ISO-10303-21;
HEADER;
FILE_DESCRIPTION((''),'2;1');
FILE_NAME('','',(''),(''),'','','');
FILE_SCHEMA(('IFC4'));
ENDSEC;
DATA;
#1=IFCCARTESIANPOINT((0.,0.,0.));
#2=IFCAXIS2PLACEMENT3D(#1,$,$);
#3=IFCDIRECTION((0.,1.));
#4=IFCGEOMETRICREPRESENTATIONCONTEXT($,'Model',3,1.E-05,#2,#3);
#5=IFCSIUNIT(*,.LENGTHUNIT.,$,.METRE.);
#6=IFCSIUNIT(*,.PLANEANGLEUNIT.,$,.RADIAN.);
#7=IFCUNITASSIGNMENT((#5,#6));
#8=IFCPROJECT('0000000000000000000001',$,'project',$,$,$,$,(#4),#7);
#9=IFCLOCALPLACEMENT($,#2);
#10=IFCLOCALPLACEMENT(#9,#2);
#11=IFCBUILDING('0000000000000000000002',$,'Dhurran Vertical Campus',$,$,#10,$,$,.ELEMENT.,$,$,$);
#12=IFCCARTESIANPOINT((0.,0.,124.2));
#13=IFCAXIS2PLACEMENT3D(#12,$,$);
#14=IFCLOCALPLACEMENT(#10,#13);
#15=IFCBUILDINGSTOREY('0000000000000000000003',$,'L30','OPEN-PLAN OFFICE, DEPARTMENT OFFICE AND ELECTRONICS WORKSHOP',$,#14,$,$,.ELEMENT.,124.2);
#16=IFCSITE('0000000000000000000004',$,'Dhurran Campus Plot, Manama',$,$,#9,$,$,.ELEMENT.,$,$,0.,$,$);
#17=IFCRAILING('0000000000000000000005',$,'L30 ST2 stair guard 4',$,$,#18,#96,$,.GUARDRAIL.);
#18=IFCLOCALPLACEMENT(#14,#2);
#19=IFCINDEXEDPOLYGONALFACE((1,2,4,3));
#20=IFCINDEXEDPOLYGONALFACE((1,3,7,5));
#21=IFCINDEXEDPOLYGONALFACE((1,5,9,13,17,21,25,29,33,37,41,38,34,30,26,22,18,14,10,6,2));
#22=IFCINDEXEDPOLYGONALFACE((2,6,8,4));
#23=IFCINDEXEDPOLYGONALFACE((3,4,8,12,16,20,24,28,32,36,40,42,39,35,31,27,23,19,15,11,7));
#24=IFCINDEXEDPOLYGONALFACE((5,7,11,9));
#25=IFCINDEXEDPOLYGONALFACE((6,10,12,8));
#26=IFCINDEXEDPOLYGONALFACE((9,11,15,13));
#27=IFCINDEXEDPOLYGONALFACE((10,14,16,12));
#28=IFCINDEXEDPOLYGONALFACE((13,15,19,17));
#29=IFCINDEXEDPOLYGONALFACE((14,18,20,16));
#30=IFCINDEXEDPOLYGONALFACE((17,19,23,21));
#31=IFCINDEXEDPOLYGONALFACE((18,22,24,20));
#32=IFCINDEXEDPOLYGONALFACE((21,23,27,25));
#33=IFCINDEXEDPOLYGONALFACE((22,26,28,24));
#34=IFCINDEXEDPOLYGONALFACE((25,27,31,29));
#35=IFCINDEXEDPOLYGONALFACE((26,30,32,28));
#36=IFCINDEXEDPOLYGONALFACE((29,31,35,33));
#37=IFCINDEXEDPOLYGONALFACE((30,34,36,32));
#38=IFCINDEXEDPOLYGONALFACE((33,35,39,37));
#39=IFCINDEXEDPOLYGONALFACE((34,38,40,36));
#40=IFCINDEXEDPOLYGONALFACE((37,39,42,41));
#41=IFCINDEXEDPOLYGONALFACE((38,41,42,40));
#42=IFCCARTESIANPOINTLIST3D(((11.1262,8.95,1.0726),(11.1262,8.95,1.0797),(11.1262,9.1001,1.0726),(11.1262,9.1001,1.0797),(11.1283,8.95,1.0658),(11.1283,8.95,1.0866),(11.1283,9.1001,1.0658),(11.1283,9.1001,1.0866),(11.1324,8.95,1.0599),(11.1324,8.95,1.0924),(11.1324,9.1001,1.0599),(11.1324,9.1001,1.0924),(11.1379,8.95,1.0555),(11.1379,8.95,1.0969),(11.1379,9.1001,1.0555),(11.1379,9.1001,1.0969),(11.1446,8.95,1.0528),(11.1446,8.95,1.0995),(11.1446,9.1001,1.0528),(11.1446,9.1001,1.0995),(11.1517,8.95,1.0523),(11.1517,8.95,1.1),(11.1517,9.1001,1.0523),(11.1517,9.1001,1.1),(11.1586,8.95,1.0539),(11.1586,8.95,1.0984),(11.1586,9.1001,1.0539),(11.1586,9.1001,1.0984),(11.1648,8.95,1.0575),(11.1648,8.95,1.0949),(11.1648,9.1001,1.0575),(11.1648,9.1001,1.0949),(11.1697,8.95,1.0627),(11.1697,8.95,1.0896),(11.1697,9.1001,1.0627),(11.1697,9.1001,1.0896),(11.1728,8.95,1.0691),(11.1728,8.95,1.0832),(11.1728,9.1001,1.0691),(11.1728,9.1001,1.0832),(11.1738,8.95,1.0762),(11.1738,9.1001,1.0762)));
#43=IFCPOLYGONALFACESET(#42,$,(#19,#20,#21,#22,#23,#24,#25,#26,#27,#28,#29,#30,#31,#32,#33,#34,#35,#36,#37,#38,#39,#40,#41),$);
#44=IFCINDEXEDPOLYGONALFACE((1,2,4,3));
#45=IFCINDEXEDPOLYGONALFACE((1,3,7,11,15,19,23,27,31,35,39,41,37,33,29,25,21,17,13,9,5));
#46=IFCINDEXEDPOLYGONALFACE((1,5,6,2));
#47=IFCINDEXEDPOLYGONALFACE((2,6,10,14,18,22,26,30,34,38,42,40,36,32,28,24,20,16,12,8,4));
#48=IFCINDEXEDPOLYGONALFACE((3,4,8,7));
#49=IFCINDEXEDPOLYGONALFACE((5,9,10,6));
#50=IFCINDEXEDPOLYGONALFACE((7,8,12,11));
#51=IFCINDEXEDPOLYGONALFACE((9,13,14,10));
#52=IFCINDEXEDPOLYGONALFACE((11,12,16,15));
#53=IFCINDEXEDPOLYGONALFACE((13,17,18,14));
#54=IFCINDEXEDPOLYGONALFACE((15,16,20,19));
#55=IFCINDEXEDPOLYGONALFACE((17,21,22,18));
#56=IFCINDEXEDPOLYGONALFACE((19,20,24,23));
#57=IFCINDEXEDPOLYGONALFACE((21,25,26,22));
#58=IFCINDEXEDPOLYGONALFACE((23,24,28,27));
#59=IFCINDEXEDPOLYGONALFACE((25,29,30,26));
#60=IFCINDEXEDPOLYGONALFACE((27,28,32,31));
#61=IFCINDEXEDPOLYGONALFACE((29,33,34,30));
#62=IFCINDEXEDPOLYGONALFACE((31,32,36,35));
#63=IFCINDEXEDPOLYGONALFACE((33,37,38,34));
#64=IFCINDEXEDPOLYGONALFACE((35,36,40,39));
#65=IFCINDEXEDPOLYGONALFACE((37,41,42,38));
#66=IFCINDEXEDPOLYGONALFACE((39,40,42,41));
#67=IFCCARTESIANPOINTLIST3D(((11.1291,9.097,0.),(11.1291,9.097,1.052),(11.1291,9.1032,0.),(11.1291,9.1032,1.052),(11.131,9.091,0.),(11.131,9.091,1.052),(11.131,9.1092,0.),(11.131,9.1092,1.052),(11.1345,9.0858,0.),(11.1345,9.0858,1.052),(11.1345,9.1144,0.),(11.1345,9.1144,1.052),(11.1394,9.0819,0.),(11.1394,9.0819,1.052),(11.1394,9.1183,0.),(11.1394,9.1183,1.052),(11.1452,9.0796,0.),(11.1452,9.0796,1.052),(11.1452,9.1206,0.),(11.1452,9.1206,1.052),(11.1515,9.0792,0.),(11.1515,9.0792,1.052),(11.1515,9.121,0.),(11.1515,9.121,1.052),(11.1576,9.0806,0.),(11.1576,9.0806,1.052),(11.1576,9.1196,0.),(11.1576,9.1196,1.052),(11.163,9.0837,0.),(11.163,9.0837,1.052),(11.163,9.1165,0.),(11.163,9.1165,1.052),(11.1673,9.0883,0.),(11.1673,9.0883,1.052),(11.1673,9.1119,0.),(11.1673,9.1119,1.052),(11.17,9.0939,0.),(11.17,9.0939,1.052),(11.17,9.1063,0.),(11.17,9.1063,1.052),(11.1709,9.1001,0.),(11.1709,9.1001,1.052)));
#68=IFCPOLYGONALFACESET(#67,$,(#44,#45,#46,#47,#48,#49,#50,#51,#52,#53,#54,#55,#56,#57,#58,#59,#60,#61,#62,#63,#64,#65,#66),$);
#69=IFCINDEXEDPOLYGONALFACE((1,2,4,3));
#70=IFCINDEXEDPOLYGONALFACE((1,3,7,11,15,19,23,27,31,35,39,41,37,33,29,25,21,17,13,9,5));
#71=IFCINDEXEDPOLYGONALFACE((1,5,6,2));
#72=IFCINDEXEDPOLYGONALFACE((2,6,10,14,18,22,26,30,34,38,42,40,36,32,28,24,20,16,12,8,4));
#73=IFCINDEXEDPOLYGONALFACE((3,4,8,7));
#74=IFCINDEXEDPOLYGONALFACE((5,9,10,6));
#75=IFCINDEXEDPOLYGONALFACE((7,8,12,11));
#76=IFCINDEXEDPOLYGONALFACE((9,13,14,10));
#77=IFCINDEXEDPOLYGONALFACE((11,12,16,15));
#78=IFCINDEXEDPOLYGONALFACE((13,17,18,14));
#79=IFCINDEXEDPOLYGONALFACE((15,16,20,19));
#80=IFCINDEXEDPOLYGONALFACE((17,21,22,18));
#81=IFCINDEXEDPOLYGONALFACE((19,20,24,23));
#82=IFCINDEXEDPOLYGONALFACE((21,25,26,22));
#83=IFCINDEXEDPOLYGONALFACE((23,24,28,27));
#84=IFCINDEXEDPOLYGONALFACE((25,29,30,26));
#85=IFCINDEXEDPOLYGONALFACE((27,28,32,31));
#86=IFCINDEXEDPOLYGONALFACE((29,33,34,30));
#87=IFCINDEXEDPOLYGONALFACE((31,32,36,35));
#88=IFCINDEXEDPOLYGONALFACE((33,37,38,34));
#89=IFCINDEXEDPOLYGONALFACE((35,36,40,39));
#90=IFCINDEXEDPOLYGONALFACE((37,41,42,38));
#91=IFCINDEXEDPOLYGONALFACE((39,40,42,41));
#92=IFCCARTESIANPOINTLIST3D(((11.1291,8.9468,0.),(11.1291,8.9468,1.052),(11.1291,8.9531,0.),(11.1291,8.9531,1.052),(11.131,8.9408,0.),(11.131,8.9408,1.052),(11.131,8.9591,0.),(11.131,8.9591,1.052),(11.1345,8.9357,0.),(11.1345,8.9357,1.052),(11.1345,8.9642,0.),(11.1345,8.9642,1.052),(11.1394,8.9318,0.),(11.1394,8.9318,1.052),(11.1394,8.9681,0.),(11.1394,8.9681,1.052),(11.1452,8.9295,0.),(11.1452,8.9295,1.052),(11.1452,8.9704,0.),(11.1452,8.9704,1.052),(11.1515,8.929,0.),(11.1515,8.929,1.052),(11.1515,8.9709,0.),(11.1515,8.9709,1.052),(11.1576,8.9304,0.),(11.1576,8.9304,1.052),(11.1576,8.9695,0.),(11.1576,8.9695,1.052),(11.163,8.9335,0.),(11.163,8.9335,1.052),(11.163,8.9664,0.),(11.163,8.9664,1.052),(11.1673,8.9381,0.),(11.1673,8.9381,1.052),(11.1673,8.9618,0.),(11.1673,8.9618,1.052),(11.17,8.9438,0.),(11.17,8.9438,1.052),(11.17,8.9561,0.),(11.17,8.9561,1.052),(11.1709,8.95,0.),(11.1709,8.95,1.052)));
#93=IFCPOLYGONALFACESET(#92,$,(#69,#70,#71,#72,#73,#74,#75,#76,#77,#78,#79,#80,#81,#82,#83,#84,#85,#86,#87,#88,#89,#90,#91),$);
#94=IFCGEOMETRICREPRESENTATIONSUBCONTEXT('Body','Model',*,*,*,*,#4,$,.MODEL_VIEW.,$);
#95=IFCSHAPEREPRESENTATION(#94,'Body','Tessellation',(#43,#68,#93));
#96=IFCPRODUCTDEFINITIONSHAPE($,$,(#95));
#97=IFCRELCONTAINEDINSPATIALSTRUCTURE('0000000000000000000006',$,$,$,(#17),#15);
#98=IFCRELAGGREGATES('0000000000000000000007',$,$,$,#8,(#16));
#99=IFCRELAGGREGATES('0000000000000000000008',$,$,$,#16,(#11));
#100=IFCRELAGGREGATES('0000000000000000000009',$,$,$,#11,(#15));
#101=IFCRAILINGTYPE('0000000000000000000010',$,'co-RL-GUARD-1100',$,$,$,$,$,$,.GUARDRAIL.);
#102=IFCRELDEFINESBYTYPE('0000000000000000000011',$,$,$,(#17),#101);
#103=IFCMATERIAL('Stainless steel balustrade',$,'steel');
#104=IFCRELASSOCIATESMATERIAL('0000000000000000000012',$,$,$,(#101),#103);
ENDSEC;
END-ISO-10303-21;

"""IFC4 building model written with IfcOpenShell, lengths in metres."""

from ifc_helpers import new_model, si_unit, direction, frame, origin, origin_2d, place, context, subcontext, project, spatial, circle, extrude, material, type_object, element, save


model = new_model("IFC4")

# Units and contexts
model_context = context("Model", 3, precision=1e-05, world=origin(), true_north=direction((0.0, 1.0)))
body_context = subcontext(model_context, "Body", "Model", "MODEL_VIEW")
ifc_project = project(units=[si_unit("LENGTHUNIT", "METRE"), si_unit("PLANEANGLEUNIT", "RADIAN")], contexts=[model_context])

# Site, building, storey
site_placement = place(None, origin())
site = spatial("IfcSite", under=ifc_project, at=site_placement, Name="Dhurran Campus Plot, Manama", CompositionType="ELEMENT", RefElevation=0.0)
building_placement = place(site_placement, origin())
building = spatial("IfcBuilding", under=site, at=building_placement, Name="Dhurran Vertical Campus", CompositionType="ELEMENT")
storey_placement = place(building_placement, frame((0.0, 0.0, 124.2)))
storey = spatial("IfcBuildingStorey", under=building, at=storey_placement, Name="L30", Description="OPEN-PLAN OFFICE, DEPARTMENT OFFICE AND ELECTRONICS WORKSHOP", CompositionType="ELEMENT", Elevation=124.2)

# Railing
ifc_material_1 = material(Name="Stainless steel balustrade", Category="steel")
railing_type_1 = type_object("IfcRailingType", Name="co-RL-GUARD-1100", PredefinedType="GUARDRAIL", material=ifc_material_1)
railing_1_placement = place(storey_placement, frame((11.1499, 9.1001, 0.0)))
element("IfcRailing", 1, at=railing_1_placement, inside=storey, type_object=railing_type_1, Name="L30 ST2 stair guard 4", PredefinedType="GUARDRAIL", context=body_context, shape_type="SweptSolid", body=[
    extrude(circle(Radius=0.0239, at=origin_2d()), frame((0.0, 0.0, 1.0762), z_axis=(0.0, -1.0, 0.0), x_axis=(1.0, 0.0, 0.0)), (0.0, 0.0, 1.0), 0.1501),
    extrude(circle(Radius=0.021, at=origin_2d()), origin(), (0.0, 0.0, 1.0), 1.052),
    extrude(circle(Radius=0.021, at=origin_2d()), frame((0.0, -0.1501, 0.0)), (0.0, 0.0, 1.0), 1.052),
])

save(model, "model.ifc")
